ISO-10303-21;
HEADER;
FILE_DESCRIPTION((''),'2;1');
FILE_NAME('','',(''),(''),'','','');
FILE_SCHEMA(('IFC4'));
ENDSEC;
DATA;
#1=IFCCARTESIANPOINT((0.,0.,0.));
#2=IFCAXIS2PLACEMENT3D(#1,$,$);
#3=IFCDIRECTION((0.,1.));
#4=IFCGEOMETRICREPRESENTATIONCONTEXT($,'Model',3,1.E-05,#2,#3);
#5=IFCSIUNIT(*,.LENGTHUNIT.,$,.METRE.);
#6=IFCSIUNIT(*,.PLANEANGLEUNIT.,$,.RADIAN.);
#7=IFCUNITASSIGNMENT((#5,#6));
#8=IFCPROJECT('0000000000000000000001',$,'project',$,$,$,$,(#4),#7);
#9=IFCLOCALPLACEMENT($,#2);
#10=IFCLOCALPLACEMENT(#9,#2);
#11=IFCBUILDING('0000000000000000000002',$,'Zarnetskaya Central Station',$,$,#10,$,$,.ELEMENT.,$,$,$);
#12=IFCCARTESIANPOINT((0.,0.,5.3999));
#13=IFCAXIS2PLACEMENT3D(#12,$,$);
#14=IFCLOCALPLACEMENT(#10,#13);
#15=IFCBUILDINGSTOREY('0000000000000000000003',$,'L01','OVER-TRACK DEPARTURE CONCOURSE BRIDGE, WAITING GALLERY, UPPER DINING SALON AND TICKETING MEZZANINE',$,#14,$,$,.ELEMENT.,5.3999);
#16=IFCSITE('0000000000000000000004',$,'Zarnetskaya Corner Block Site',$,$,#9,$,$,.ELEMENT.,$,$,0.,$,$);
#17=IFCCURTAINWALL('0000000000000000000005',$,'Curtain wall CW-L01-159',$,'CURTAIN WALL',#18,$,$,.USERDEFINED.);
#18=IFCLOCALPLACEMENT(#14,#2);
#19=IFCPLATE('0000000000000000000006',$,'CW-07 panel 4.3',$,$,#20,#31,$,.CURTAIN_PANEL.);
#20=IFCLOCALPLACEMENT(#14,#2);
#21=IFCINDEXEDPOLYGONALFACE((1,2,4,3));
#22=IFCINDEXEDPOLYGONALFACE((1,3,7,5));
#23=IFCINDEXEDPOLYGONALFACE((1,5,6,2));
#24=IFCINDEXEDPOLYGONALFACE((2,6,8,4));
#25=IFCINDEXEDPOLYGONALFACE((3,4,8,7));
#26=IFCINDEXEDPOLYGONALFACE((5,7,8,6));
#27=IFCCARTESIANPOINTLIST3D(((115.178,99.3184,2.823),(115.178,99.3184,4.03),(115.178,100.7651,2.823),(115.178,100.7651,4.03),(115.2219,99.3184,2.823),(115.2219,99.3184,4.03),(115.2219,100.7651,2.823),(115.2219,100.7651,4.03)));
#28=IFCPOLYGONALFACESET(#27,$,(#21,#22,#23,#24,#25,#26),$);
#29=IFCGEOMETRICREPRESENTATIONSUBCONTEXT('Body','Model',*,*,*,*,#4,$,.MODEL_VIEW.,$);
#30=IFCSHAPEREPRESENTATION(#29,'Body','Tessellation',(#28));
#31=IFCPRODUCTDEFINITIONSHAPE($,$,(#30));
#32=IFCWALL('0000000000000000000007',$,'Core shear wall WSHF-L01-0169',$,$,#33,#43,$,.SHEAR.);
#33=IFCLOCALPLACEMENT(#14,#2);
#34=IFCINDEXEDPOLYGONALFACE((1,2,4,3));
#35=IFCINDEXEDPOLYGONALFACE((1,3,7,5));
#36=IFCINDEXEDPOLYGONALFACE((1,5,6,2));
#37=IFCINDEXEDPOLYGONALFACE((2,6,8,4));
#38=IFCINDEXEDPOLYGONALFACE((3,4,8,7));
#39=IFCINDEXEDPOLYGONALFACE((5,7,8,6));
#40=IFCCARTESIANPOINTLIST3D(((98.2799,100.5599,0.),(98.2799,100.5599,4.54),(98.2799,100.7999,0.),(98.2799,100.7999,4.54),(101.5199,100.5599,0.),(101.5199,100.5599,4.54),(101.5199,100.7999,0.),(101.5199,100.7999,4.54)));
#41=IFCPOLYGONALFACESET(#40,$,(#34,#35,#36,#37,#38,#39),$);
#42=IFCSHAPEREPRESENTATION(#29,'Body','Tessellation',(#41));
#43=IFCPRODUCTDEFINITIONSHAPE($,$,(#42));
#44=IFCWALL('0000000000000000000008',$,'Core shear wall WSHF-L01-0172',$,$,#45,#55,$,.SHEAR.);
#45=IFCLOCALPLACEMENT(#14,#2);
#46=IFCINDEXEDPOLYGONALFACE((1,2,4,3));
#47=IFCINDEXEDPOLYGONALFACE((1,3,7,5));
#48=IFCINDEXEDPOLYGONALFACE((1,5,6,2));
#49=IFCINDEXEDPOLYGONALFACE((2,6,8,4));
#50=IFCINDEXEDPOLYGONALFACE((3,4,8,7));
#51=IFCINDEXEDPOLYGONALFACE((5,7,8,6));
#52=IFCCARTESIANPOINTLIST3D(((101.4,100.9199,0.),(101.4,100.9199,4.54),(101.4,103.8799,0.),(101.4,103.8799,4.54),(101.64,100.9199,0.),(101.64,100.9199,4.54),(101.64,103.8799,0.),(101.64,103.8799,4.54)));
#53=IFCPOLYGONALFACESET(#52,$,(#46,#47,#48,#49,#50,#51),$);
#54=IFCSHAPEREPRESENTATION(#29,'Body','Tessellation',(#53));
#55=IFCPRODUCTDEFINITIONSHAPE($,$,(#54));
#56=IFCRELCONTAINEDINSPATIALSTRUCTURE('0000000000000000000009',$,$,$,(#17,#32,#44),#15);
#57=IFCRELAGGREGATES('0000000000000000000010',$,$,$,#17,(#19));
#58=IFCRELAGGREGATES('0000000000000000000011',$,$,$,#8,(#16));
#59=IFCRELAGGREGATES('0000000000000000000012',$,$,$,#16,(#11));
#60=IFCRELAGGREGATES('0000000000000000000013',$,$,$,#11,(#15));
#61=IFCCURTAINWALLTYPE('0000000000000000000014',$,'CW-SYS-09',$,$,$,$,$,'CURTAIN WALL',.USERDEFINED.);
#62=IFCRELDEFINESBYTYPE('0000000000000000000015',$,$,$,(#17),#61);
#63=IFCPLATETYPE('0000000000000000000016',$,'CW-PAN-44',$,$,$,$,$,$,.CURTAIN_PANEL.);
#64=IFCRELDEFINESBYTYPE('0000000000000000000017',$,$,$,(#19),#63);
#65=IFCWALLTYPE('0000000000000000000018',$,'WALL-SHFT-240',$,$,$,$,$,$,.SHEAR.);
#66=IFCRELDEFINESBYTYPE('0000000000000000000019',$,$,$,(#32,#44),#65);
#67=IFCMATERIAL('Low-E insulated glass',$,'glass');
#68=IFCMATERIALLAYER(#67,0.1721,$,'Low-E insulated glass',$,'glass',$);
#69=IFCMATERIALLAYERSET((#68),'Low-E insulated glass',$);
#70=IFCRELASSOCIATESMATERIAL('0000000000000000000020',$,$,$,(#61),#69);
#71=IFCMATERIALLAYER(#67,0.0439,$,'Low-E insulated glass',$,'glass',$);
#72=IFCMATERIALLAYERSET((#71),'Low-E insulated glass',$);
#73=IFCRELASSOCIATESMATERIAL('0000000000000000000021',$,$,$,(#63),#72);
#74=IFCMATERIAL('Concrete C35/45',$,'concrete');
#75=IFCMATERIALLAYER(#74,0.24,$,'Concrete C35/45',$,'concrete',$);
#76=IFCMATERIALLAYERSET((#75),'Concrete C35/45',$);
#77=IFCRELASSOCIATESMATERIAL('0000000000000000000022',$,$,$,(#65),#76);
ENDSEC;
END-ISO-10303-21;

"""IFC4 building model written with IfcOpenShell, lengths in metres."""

from ifc_helpers import new_model, si_unit, direction, frame, frame_2d, origin, origin_2d, place, context, subcontext, project, spatial, rectangle, extrude, material, layer, layer_set, type_object, element, aggregate, save


model = new_model("IFC4")

# Units and contexts
model_context = context("Model", 3, precision=1e-05, world=origin(), true_north=direction((0.0, 1.0)))
body_context = subcontext(model_context, "Body", "Model", "MODEL_VIEW")
ifc_project = project(units=[si_unit("LENGTHUNIT", "METRE"), si_unit("PLANEANGLEUNIT", "RADIAN")], contexts=[model_context])

# Site, building, storey
site_placement = place(None, origin())
site = spatial("IfcSite", under=ifc_project, at=site_placement, Name="Zarnetskaya Corner Block Site", CompositionType="ELEMENT", RefElevation=0.0)
building_placement = place(site_placement, origin())
building = spatial("IfcBuilding", under=site, at=building_placement, Name="Zarnetskaya Central Station", CompositionType="ELEMENT")
storey_placement = place(building_placement, frame((0.0, 0.0, 5.3999)))
storey = spatial("IfcBuildingStorey", under=building, at=storey_placement, Name="L01", Description="OVER-TRACK DEPARTURE CONCOURSE BRIDGE, WAITING GALLERY, UPPER DINING SALON AND TICKETING MEZZANINE", CompositionType="ELEMENT", Elevation=5.3999)

# Curtain wall
ifc_material_1 = material(Name="Low-E insulated glass", Category="glass")
ifc_layer_1 = layer(ifc_material_1, 0.1721, Name="Low-E insulated glass", Category="glass")
ifc_layer_set_1 = layer_set([ifc_layer_1], Name="Low-E insulated glass")
curtain_wall_type = type_object("IfcCurtainWallType", Name="CW-SYS-09", ElementType="CURTAIN WALL", PredefinedType="USERDEFINED", material=ifc_layer_set_1)
curtain_wall_1_placement = place(storey_placement, origin())
curtain_wall_1 = element("IfcCurtainWall", 1, at=curtain_wall_1_placement, inside=storey, type_object=curtain_wall_type, Name="Curtain wall CW-L01-159", ObjectType="CURTAIN WALL", PredefinedType="USERDEFINED")

# Plate
ifc_layer_2 = layer(ifc_material_1, 0.0439, Name="Low-E insulated glass", Category="glass")
ifc_layer_set_2 = layer_set([ifc_layer_2], Name="Low-E insulated glass")
plate_type_1 = type_object("IfcPlateType", Name="CW-PAN-44", PredefinedType="CURTAIN_PANEL", material=ifc_layer_set_2)
plate_1_placement = place(storey_placement, frame((115.2, 100.0417, 2.823), z_axis=(0.0, 0.0, 1.0), x_axis=(0.0, -1.0, 0.0)))
plate_1 = element("IfcPlate", 2, at=plate_1_placement, type_object=plate_type_1, Name="CW-07 panel 4.3", PredefinedType="CURTAIN_PANEL", context=body_context, shape_type="SweptSolid", body=[
    extrude(rectangle(XDim=1.4468, YDim=0.0439, at=origin_2d()), origin(), (0.0, 0.0, 1.0), 1.207),
])
aggregate(curtain_wall_1, [plate_1])

# Walls
ifc_material_2 = material(Name="Concrete C35/45", Category="concrete")
ifc_layer_3 = layer(ifc_material_2, 0.24, Name="Concrete C35/45", Category="concrete")
ifc_layer_set_3 = layer_set([ifc_layer_3], Name="Concrete C35/45")
wall_type = type_object("IfcWallType", Name="WALL-SHFT-240", PredefinedType="SHEAR", material=ifc_layer_set_3)
wall_1_placement = place(storey_placement, frame((101.52, 100.6799, 0.0), z_axis=(0.0, 0.0, 1.0), x_axis=(-1.0, 0.0, 0.0)))
element("IfcWall", 3, at=wall_1_placement, inside=storey, type_object=wall_type, Name="Core shear wall WSHF-L01-0169", PredefinedType="SHEAR", context=body_context, shape_type="SweptSolid", body=[
    extrude(rectangle(XDim=3.24, YDim=0.24, at=frame_2d((1.6201, 0.0))), origin(), (0.0, 0.0, 1.0), 4.54),
])
wall_2_placement = place(storey_placement, frame((101.52, 103.8799, 0.0), z_axis=(0.0, 0.0, 1.0), x_axis=(0.0, -1.0, 0.0)))
element("IfcWall", 4, at=wall_2_placement, inside=storey, type_object=wall_type, Name="Core shear wall WSHF-L01-0172", PredefinedType="SHEAR", context=body_context, shape_type="SweptSolid", body=[
    extrude(rectangle(XDim=2.96, YDim=0.24, at=frame_2d((1.48, 0.0))), origin(), (0.0, 0.0, 1.0), 4.54),
])

save(model, "model.ifc")
